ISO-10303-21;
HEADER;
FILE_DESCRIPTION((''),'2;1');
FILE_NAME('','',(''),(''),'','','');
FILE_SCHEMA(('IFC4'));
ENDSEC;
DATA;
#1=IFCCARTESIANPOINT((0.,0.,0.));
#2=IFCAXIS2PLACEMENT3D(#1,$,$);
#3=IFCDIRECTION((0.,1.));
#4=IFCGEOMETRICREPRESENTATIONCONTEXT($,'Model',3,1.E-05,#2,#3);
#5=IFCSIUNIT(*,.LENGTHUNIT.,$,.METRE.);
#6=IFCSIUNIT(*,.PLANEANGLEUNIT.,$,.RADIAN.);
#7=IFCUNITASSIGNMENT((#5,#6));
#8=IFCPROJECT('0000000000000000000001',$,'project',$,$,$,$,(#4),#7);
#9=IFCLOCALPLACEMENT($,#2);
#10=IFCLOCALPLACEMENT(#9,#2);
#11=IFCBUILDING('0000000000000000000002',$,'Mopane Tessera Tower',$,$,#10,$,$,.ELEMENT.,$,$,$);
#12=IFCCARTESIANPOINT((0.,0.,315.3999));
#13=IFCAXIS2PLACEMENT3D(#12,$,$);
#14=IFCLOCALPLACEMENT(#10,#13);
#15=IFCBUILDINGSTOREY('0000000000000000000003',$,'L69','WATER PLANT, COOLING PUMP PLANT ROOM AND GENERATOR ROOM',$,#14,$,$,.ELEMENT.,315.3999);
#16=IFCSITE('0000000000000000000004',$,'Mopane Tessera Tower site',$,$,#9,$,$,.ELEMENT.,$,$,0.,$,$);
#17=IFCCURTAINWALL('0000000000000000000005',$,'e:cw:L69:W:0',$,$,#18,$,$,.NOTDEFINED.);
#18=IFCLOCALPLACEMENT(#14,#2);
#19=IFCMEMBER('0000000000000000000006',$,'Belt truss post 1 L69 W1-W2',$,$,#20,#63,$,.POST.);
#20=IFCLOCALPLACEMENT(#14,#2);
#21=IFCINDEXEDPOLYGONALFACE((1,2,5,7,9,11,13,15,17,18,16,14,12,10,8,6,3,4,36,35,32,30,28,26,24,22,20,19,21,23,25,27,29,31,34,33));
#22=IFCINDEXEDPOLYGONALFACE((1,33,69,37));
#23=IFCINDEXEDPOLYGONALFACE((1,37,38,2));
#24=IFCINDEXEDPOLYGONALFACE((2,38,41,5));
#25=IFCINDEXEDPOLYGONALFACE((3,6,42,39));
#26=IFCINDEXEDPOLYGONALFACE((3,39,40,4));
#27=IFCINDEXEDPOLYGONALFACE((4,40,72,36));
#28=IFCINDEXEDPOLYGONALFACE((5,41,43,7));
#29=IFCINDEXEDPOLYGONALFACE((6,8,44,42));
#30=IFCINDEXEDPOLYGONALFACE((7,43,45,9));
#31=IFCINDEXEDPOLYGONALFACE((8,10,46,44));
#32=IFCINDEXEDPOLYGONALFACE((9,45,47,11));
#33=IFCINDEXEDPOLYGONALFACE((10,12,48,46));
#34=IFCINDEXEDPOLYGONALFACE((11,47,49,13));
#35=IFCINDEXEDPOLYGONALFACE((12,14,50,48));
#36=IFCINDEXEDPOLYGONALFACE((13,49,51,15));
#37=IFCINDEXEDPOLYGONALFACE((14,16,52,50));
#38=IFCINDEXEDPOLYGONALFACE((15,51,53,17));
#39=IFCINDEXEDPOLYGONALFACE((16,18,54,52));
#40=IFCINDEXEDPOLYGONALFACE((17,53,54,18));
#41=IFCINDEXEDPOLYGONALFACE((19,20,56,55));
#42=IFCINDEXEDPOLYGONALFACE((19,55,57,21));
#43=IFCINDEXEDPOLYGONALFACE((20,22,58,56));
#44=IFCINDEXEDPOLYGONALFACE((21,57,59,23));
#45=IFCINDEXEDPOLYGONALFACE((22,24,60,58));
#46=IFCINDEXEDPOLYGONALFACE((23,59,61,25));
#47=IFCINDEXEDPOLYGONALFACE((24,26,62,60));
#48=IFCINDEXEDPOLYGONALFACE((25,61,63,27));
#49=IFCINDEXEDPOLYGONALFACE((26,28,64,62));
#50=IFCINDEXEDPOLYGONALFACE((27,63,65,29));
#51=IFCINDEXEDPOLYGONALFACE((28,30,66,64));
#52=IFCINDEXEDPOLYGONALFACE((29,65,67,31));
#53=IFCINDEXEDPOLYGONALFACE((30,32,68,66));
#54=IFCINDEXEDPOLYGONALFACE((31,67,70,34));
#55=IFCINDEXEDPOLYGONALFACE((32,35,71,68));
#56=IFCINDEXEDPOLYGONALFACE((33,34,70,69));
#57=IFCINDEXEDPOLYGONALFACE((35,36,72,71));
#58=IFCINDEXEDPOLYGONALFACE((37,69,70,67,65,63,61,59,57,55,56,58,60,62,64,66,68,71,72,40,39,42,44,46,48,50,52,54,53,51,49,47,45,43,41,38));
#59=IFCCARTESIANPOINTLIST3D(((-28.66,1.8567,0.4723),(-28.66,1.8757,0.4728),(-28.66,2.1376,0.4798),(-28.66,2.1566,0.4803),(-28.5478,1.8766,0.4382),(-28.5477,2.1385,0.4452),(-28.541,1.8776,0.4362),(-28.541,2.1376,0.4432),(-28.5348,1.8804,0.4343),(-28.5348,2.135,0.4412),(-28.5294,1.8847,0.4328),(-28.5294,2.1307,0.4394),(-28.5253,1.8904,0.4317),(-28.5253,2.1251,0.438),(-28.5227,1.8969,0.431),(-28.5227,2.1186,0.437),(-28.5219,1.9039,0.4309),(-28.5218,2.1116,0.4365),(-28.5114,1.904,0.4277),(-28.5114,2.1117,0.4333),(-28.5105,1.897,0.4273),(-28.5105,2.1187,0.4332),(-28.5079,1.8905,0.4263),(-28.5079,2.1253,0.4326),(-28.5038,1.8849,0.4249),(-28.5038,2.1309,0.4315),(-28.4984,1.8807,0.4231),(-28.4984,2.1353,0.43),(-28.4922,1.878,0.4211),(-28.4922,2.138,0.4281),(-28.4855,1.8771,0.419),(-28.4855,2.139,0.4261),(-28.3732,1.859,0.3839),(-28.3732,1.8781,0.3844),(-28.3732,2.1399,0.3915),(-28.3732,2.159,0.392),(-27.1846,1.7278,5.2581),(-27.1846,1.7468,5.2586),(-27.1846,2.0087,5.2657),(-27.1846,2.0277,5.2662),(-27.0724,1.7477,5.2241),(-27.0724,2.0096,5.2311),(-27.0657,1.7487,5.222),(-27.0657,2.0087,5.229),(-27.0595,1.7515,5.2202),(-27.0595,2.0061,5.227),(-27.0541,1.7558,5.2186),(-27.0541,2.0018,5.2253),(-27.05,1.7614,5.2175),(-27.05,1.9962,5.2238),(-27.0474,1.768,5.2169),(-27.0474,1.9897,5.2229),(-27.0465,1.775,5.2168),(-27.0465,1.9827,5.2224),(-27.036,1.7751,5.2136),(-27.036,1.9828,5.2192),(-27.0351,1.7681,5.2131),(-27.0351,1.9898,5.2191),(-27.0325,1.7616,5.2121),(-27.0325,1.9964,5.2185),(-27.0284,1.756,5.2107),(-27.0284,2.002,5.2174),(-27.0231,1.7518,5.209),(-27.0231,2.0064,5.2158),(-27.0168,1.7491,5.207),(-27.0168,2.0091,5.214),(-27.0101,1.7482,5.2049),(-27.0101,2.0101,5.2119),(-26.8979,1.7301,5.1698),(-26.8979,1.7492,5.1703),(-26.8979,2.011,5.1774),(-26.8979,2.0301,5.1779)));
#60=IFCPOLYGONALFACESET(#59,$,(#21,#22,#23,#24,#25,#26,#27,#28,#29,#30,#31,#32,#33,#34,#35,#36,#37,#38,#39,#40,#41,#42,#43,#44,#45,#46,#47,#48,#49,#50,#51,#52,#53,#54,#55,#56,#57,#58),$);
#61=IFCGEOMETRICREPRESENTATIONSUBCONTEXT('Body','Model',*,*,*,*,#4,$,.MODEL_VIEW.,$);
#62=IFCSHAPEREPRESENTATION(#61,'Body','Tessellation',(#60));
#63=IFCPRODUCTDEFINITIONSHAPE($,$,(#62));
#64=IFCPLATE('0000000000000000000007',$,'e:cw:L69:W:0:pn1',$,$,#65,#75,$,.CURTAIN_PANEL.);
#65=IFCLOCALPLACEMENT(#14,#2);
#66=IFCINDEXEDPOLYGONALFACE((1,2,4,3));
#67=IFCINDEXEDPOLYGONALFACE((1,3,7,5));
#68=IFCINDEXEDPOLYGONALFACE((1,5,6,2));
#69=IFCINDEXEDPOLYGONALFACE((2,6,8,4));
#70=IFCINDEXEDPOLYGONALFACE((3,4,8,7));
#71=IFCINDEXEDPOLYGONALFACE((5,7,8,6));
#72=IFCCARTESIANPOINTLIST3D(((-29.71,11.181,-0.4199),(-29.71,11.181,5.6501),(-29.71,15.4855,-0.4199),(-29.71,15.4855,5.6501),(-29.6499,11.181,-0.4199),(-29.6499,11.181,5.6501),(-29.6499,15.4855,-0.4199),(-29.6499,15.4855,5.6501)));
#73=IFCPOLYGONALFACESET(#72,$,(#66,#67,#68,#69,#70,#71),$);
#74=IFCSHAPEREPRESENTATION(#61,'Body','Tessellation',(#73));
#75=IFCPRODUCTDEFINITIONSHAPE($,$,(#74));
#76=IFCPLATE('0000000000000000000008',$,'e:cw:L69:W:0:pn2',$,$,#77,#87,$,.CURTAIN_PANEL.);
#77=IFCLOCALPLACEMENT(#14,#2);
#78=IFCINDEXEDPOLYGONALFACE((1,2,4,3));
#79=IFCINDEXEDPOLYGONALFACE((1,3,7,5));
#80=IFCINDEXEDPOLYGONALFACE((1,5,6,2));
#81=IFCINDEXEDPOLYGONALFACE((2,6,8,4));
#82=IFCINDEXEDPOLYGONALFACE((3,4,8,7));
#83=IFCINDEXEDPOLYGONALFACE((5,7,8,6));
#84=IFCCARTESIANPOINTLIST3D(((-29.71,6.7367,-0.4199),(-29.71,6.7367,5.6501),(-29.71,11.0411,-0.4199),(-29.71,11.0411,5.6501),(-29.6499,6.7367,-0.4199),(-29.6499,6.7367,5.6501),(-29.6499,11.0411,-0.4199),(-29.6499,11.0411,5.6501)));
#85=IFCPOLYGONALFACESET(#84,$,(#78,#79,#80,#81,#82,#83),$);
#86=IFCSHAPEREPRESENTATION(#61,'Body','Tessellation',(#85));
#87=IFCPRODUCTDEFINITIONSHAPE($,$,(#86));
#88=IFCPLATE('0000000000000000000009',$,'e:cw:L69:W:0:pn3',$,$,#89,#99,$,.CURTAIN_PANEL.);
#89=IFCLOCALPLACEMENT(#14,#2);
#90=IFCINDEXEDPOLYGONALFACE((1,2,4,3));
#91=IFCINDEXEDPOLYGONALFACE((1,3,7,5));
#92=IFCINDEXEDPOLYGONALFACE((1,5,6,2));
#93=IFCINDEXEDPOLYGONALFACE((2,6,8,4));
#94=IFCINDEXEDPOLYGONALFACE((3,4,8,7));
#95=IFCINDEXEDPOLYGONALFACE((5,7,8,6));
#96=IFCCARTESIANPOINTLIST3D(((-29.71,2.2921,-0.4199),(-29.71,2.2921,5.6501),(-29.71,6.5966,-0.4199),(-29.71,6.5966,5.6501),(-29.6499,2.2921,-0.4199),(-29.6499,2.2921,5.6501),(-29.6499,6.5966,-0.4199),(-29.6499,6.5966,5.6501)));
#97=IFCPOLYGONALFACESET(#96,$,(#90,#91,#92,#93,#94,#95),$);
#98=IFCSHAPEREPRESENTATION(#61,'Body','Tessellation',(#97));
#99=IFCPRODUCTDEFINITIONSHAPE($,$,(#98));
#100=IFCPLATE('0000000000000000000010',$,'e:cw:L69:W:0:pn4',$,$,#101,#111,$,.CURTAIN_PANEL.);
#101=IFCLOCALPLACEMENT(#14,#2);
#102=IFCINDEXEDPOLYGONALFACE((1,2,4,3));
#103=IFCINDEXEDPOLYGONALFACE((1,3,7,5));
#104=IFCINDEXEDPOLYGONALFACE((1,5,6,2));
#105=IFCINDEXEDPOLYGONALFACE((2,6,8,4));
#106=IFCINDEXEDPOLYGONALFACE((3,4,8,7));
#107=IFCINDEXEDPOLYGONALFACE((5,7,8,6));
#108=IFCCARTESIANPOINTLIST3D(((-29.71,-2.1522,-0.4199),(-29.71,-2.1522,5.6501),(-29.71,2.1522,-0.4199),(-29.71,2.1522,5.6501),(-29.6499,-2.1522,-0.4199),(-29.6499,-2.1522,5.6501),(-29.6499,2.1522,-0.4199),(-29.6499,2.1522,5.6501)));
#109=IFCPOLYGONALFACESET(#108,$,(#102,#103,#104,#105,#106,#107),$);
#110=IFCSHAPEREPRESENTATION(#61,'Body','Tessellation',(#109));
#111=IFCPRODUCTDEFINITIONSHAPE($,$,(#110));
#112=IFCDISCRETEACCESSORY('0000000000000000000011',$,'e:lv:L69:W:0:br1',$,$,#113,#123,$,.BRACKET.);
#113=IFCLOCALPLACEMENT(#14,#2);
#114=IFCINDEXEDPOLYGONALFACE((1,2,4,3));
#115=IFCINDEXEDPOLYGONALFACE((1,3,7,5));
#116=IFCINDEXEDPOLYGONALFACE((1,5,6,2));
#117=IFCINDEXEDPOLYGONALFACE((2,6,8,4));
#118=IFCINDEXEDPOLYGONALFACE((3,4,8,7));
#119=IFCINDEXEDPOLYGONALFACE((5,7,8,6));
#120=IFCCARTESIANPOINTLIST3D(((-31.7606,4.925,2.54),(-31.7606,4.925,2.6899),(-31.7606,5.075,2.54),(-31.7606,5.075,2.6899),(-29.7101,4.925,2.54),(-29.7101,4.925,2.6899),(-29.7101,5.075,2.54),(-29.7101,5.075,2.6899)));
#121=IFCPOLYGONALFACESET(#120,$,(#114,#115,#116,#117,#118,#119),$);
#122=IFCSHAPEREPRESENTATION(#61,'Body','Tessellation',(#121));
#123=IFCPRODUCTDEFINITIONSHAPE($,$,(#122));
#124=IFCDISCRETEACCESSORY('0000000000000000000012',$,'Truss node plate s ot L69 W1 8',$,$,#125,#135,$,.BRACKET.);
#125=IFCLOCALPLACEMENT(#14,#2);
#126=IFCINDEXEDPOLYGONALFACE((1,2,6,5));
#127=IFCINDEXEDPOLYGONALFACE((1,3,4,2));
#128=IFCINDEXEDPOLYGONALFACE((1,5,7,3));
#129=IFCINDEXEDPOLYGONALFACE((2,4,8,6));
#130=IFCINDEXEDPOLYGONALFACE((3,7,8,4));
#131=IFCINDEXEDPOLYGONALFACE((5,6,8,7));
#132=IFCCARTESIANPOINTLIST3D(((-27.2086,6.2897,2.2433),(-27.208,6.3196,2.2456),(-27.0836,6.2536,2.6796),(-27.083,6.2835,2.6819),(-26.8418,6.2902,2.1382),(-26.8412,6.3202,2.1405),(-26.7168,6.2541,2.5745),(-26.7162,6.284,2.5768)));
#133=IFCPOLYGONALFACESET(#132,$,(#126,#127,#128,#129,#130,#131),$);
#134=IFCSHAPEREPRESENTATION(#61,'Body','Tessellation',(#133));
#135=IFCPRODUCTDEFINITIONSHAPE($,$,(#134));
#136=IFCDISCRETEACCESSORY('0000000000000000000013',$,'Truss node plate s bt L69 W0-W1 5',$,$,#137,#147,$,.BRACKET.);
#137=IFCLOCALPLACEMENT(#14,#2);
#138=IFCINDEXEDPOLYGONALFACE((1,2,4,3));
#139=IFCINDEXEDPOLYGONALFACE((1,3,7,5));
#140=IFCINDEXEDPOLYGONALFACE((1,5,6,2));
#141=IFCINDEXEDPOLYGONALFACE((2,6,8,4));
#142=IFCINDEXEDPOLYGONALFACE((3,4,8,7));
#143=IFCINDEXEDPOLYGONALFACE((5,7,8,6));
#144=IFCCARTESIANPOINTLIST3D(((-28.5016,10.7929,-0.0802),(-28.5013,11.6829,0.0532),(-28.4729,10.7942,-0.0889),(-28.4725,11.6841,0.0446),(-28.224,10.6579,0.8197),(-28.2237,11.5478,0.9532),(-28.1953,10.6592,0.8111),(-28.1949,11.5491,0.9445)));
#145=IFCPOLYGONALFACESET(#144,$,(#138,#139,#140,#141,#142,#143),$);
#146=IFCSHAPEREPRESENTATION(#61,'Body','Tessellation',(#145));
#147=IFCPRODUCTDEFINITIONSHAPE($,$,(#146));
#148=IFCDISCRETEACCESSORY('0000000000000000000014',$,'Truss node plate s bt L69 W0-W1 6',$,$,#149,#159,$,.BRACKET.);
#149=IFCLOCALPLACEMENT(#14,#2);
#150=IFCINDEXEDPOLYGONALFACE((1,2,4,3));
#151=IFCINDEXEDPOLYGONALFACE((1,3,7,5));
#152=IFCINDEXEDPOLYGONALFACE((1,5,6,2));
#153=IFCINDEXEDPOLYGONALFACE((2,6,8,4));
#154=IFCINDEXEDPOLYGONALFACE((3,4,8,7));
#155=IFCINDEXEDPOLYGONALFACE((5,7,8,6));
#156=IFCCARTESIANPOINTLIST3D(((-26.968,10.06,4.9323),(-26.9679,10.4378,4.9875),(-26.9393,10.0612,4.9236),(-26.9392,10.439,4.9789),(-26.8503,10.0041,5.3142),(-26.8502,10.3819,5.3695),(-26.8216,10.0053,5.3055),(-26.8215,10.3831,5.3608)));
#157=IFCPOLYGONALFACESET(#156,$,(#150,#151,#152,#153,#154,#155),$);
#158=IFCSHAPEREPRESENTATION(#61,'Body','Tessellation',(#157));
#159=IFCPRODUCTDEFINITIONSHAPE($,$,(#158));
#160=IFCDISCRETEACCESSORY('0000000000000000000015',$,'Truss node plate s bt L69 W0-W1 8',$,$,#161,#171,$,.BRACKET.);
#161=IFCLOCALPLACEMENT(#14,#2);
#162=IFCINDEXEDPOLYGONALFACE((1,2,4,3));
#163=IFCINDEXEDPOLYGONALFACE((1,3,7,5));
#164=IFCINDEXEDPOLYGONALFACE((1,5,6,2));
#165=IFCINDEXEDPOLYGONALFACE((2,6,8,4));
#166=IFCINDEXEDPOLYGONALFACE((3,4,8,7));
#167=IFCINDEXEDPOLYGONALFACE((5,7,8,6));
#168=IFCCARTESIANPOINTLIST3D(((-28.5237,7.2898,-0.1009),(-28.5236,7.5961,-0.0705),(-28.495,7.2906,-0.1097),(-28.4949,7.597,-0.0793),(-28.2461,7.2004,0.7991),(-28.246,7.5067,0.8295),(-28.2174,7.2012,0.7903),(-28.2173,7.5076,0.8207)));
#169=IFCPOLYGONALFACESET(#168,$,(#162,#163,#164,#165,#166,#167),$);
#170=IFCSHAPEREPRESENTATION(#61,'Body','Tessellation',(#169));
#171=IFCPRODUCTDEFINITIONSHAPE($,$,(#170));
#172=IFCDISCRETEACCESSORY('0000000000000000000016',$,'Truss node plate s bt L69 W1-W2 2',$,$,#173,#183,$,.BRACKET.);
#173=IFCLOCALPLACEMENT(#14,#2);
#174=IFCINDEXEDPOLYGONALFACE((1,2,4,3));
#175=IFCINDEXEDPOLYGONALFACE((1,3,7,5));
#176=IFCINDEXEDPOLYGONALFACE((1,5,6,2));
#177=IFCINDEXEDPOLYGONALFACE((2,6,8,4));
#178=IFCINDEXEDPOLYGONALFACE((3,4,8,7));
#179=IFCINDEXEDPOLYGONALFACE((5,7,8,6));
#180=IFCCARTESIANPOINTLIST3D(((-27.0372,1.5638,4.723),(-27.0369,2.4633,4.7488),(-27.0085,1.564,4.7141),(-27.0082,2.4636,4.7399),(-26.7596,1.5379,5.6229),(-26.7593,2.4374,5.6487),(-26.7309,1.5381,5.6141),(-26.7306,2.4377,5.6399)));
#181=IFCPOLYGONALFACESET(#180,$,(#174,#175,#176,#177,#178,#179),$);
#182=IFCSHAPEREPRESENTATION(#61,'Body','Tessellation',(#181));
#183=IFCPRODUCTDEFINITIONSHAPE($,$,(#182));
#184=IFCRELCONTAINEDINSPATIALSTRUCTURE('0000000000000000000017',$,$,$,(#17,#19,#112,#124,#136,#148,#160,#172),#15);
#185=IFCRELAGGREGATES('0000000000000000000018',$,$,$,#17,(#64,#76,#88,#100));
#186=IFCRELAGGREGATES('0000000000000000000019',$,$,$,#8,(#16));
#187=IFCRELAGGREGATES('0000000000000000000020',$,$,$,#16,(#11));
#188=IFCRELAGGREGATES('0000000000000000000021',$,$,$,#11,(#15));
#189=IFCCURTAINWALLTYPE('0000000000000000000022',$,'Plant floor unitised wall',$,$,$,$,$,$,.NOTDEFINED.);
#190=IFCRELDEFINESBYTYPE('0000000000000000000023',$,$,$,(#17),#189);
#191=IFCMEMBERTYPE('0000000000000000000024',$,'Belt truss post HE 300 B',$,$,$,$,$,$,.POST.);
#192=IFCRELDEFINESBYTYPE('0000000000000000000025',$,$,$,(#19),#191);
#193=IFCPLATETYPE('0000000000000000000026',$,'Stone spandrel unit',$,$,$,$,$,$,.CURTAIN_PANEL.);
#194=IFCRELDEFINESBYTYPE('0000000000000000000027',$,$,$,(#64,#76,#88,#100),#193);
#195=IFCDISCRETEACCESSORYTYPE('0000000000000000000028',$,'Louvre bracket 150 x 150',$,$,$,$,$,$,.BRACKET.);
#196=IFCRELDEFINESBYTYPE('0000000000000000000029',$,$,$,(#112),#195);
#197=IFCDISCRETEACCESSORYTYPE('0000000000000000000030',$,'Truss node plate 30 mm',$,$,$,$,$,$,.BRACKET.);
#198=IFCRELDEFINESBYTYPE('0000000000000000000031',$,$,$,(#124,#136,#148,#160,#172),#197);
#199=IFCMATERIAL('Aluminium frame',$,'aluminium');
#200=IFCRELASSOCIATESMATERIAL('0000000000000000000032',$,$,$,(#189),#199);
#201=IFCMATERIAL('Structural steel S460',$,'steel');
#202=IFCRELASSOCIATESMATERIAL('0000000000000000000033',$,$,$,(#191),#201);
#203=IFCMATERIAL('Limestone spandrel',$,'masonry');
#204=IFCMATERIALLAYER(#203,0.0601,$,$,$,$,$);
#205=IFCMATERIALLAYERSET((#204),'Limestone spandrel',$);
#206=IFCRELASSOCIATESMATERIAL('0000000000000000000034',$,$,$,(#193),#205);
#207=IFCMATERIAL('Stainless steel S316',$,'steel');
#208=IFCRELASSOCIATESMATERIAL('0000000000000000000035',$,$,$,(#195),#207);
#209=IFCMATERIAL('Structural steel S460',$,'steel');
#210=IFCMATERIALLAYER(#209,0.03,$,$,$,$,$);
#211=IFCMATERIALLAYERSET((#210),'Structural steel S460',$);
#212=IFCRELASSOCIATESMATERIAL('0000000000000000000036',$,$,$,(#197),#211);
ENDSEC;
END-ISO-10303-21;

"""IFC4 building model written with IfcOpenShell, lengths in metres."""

from ifc_helpers import new_model, si_unit, direction, frame, origin, origin_2d, place, context, subcontext, project, spatial, rectangle, i_section, extrude, material, layer, layer_set, material_profile, profile_set, type_object, element, aggregate, save


model = new_model("IFC4")

# Units and contexts
model_context = context("Model", 3, precision=1e-05, world=origin(), true_north=direction((0.0, 1.0)))
body_context = subcontext(model_context, "Body", "Model", "MODEL_VIEW")
ifc_project = project(units=[si_unit("LENGTHUNIT", "METRE"), si_unit("PLANEANGLEUNIT", "RADIAN")], contexts=[model_context])

# Site, building, storey
site_placement = place(None, origin())
site = spatial("IfcSite", under=ifc_project, at=site_placement, Name="Mopane Tessera Tower site", CompositionType="ELEMENT", RefElevation=0.0)
building_placement = place(site_placement, origin())
building = spatial("IfcBuilding", under=site, at=building_placement, Name="Mopane Tessera Tower", CompositionType="ELEMENT")
storey_placement = place(building_placement, frame((0.0, 0.0, 315.3999)))
storey = spatial("IfcBuildingStorey", under=building, at=storey_placement, Name="L69", Description="WATER PLANT, COOLING PUMP PLANT ROOM AND GENERATOR ROOM", CompositionType="ELEMENT", Elevation=315.3999)

# Curtain wall
ifc_material_1 = material(Name="Aluminium frame", Category="aluminium")
curtain_wall_type = type_object("IfcCurtainWallType", Name="Plant floor unitised wall", PredefinedType="NOTDEFINED", material=ifc_material_1)
curtain_wall_placement = place(storey_placement, origin())
curtain_wall = element("IfcCurtainWall", 1, at=curtain_wall_placement, inside=storey, type_object=curtain_wall_type, Name="e:cw:L69:W:0", PredefinedType="NOTDEFINED")

# Member
ifc_material_2 = material(Name="Structural steel S460", Category="steel")
ifc_material_profile_1 = material_profile(ifc_material_2, i_section(OverallWidth=0.3, OverallDepth=0.3, WebThickness=0.011, FlangeThickness=0.019, FilletRadius=0.0271, at=origin_2d()))
ifc_profile_set_1 = profile_set([ifc_material_profile_1], Name="Structural steel S460")
member_type_1 = type_object("IfcMemberType", Name="Belt truss post HE 300 B", PredefinedType="POST", material=ifc_profile_set_1)
member_1_placement = place(storey_placement, frame((-28.5166, 2.0078, 0.4321), z_axis=(0.294492, -0.025731, 0.955308), x_axis=(0.955654, 0.007911, -0.294386)))
element("IfcMember", 2, at=member_1_placement, inside=storey, type_object=member_type_1, Name="Belt truss post 1 L69 W1-W2", PredefinedType="POST", context=body_context, shape_type="SweptSolid", body=[
    extrude(i_section(OverallWidth=0.3, OverallDepth=0.3, WebThickness=0.011, FlangeThickness=0.019, FilletRadius=0.0271, at=origin_2d()), origin(), (0.0, 0.0, 1.0), 5.0098),
])

# Plates
ifc_material_3 = material(Name="Limestone spandrel", Category="masonry")
ifc_layer_1 = layer(ifc_material_3, 0.0601)
ifc_layer_set_1 = layer_set([ifc_layer_1], Name="Limestone spandrel")
plate_type = type_object("IfcPlateType", Name="Stone spandrel unit", PredefinedType="CURTAIN_PANEL", material=ifc_layer_set_1)
plate_1_placement = place(storey_placement, frame((-29.6799, 13.3333, -0.4199), z_axis=(0.0, 0.0, 1.0), x_axis=(0.0, -1.0, 0.0)))
plate_1 = element("IfcPlate", 3, at=plate_1_placement, type_object=plate_type, Name="e:cw:L69:W:0:pn1", PredefinedType="CURTAIN_PANEL", context=body_context, shape_type="SweptSolid", body=[
    extrude(rectangle(XDim=4.3044, YDim=0.0601, at=origin_2d()), origin(), (0.0, 0.0, 1.0), 6.0701),
])
plate_2_placement = place(storey_placement, frame((-29.6799, 8.8889, -0.4199), z_axis=(0.0, 0.0, 1.0), x_axis=(0.0, -1.0, 0.0)))
plate_2 = element("IfcPlate", 4, at=plate_2_placement, type_object=plate_type, Name="e:cw:L69:W:0:pn2", PredefinedType="CURTAIN_PANEL", context=body_context, shape_type="SweptSolid", body=[
    extrude(rectangle(XDim=4.3044, YDim=0.0601, at=origin_2d()), origin(), (0.0, 0.0, 1.0), 6.0701),
])
plate_3_placement = place(storey_placement, frame((-29.6799, 4.4443, -0.4199), z_axis=(0.0, 0.0, 1.0), x_axis=(0.0, -1.0, 0.0)))
plate_3 = element("IfcPlate", 5, at=plate_3_placement, type_object=plate_type, Name="e:cw:L69:W:0:pn3", PredefinedType="CURTAIN_PANEL", context=body_context, shape_type="SweptSolid", body=[
    extrude(rectangle(XDim=4.3044, YDim=0.0601, at=origin_2d()), origin(), (0.0, 0.0, 1.0), 6.0701),
])
plate_4_placement = place(storey_placement, frame((-29.6799, 0.0, -0.4199), z_axis=(0.0, 0.0, 1.0), x_axis=(0.0, -1.0, 0.0)))
plate_4 = element("IfcPlate", 6, at=plate_4_placement, type_object=plate_type, Name="e:cw:L69:W:0:pn4", PredefinedType="CURTAIN_PANEL", context=body_context, shape_type="SweptSolid", body=[
    extrude(rectangle(XDim=4.3044, YDim=0.0601, at=origin_2d()), origin(), (0.0, 0.0, 1.0), 6.0701),
])
aggregate(curtain_wall, [plate_1, plate_2, plate_3, plate_4])

# Discrete accessories
ifc_material_4 = material(Name="Stainless steel S316", Category="steel")
discrete_accessory_type_1 = type_object("IfcDiscreteAccessoryType", Name="Louvre bracket 150 x 150", PredefinedType="BRACKET", material=ifc_material_4)
discrete_accessory_1_placement = place(storey_placement, frame((-30.7354, 5.0, 2.54), z_axis=(0.0, 0.0, 1.0), x_axis=(-1.0, 0.0, 0.0)))
element("IfcDiscreteAccessory", 7, at=discrete_accessory_1_placement, inside=storey, type_object=discrete_accessory_type_1, Name="e:lv:L69:W:0:br1", PredefinedType="BRACKET", context=body_context, shape_type="SweptSolid", body=[
    extrude(rectangle(XDim=2.0505, YDim=0.1499, at=origin_2d()), origin(), (0.0, 0.0, 1.0), 0.1499),
])
ifc_material_5 = material(Name="Structural steel S460", Category="steel")
ifc_layer_2 = layer(ifc_material_5, 0.03)
ifc_layer_set_2 = layer_set([ifc_layer_2], Name="Structural steel S460")
discrete_accessory_type_2 = type_object("IfcDiscreteAccessoryType", Name="Truss node plate 30 mm", PredefinedType="BRACKET", material=ifc_layer_set_2)
discrete_accessory_2_placement = place(storey_placement, frame((-27.0249, 6.3049, 2.1919), z_axis=(0.274563, -0.079366, 0.958288), x_axis=(-0.020572, -0.996845, -0.076665)))
element("IfcDiscreteAccessory", 8, at=discrete_accessory_2_placement, inside=storey, type_object=discrete_accessory_type_2, Name="Truss node plate s ot L69 W1 8", PredefinedType="BRACKET", context=body_context, shape_type="SweptSolid", body=[
    extrude(rectangle(XDim=0.03, YDim=0.3816, at=origin_2d()), origin(), (0.0, 0.0, 1.0), 0.4553),
])
discrete_accessory_3_placement = place(storey_placement, frame((-28.4871, 11.2385, -0.0178), z_axis=(0.291777, -0.141911, 0.9459), x_axis=(0.956486, 0.042928, -0.288602)))
element("IfcDiscreteAccessory", 9, at=discrete_accessory_3_placement, inside=storey, type_object=discrete_accessory_type_2, Name="Truss node plate s bt L69 W0-W1 5", PredefinedType="BRACKET", context=body_context, shape_type="SweptSolid", body=[
    extrude(rectangle(XDim=0.03, YDim=0.8999, at=origin_2d()), origin(), (0.0, 0.0, 1.0), 0.9514),
])
discrete_accessory_4_placement = place(storey_placement, frame((-26.9536, 10.2495, 4.9556), z_axis=(0.291674, -0.138575, 0.946427), x_axis=(0.956518, 0.041911, -0.288647)))
element("IfcDiscreteAccessory", 10, at=discrete_accessory_4_placement, inside=storey, type_object=discrete_accessory_type_2, Name="Truss node plate s bt L69 W0-W1 6", PredefinedType="BRACKET", context=body_context, shape_type="SweptSolid", body=[
    extrude(rectangle(XDim=0.03, YDim=0.3818, at=origin_2d()), origin(), (0.0, 0.0, 1.0), 0.4036),
])
discrete_accessory_5_placement = place(storey_placement, frame((-28.5093, 7.4434, -0.0901), z_axis=(0.293442, -0.094459, 0.951299), x_axis=(0.955977, 0.028666, -0.292039)))
element("IfcDiscreteAccessory", 11, at=discrete_accessory_5_placement, inside=storey, type_object=discrete_accessory_type_2, Name="Truss node plate s bt L69 W0-W1 8", PredefinedType="BRACKET", context=body_context, shape_type="SweptSolid", body=[
    extrude(rectangle(XDim=0.03, YDim=0.3079, at=origin_2d()), origin(), (0.0, 0.0, 1.0), 0.946),
])
discrete_accessory_6_placement = place(storey_placement, frame((-27.0227, 2.0137, 4.7314), z_axis=(0.294649, -0.027469, 0.955211), x_axis=(0.955606, 0.008194, -0.294535)))
element("IfcDiscreteAccessory", 12, at=discrete_accessory_6_placement, inside=storey, type_object=discrete_accessory_type_2, Name="Truss node plate s bt L69 W1-W2 2", PredefinedType="BRACKET", context=body_context, shape_type="SweptSolid", body=[
    extrude(rectangle(XDim=0.03, YDim=0.8999, at=origin_2d()), origin(), (0.0, 0.0, 1.0), 0.9421),
])

save(model, "model.ifc")
